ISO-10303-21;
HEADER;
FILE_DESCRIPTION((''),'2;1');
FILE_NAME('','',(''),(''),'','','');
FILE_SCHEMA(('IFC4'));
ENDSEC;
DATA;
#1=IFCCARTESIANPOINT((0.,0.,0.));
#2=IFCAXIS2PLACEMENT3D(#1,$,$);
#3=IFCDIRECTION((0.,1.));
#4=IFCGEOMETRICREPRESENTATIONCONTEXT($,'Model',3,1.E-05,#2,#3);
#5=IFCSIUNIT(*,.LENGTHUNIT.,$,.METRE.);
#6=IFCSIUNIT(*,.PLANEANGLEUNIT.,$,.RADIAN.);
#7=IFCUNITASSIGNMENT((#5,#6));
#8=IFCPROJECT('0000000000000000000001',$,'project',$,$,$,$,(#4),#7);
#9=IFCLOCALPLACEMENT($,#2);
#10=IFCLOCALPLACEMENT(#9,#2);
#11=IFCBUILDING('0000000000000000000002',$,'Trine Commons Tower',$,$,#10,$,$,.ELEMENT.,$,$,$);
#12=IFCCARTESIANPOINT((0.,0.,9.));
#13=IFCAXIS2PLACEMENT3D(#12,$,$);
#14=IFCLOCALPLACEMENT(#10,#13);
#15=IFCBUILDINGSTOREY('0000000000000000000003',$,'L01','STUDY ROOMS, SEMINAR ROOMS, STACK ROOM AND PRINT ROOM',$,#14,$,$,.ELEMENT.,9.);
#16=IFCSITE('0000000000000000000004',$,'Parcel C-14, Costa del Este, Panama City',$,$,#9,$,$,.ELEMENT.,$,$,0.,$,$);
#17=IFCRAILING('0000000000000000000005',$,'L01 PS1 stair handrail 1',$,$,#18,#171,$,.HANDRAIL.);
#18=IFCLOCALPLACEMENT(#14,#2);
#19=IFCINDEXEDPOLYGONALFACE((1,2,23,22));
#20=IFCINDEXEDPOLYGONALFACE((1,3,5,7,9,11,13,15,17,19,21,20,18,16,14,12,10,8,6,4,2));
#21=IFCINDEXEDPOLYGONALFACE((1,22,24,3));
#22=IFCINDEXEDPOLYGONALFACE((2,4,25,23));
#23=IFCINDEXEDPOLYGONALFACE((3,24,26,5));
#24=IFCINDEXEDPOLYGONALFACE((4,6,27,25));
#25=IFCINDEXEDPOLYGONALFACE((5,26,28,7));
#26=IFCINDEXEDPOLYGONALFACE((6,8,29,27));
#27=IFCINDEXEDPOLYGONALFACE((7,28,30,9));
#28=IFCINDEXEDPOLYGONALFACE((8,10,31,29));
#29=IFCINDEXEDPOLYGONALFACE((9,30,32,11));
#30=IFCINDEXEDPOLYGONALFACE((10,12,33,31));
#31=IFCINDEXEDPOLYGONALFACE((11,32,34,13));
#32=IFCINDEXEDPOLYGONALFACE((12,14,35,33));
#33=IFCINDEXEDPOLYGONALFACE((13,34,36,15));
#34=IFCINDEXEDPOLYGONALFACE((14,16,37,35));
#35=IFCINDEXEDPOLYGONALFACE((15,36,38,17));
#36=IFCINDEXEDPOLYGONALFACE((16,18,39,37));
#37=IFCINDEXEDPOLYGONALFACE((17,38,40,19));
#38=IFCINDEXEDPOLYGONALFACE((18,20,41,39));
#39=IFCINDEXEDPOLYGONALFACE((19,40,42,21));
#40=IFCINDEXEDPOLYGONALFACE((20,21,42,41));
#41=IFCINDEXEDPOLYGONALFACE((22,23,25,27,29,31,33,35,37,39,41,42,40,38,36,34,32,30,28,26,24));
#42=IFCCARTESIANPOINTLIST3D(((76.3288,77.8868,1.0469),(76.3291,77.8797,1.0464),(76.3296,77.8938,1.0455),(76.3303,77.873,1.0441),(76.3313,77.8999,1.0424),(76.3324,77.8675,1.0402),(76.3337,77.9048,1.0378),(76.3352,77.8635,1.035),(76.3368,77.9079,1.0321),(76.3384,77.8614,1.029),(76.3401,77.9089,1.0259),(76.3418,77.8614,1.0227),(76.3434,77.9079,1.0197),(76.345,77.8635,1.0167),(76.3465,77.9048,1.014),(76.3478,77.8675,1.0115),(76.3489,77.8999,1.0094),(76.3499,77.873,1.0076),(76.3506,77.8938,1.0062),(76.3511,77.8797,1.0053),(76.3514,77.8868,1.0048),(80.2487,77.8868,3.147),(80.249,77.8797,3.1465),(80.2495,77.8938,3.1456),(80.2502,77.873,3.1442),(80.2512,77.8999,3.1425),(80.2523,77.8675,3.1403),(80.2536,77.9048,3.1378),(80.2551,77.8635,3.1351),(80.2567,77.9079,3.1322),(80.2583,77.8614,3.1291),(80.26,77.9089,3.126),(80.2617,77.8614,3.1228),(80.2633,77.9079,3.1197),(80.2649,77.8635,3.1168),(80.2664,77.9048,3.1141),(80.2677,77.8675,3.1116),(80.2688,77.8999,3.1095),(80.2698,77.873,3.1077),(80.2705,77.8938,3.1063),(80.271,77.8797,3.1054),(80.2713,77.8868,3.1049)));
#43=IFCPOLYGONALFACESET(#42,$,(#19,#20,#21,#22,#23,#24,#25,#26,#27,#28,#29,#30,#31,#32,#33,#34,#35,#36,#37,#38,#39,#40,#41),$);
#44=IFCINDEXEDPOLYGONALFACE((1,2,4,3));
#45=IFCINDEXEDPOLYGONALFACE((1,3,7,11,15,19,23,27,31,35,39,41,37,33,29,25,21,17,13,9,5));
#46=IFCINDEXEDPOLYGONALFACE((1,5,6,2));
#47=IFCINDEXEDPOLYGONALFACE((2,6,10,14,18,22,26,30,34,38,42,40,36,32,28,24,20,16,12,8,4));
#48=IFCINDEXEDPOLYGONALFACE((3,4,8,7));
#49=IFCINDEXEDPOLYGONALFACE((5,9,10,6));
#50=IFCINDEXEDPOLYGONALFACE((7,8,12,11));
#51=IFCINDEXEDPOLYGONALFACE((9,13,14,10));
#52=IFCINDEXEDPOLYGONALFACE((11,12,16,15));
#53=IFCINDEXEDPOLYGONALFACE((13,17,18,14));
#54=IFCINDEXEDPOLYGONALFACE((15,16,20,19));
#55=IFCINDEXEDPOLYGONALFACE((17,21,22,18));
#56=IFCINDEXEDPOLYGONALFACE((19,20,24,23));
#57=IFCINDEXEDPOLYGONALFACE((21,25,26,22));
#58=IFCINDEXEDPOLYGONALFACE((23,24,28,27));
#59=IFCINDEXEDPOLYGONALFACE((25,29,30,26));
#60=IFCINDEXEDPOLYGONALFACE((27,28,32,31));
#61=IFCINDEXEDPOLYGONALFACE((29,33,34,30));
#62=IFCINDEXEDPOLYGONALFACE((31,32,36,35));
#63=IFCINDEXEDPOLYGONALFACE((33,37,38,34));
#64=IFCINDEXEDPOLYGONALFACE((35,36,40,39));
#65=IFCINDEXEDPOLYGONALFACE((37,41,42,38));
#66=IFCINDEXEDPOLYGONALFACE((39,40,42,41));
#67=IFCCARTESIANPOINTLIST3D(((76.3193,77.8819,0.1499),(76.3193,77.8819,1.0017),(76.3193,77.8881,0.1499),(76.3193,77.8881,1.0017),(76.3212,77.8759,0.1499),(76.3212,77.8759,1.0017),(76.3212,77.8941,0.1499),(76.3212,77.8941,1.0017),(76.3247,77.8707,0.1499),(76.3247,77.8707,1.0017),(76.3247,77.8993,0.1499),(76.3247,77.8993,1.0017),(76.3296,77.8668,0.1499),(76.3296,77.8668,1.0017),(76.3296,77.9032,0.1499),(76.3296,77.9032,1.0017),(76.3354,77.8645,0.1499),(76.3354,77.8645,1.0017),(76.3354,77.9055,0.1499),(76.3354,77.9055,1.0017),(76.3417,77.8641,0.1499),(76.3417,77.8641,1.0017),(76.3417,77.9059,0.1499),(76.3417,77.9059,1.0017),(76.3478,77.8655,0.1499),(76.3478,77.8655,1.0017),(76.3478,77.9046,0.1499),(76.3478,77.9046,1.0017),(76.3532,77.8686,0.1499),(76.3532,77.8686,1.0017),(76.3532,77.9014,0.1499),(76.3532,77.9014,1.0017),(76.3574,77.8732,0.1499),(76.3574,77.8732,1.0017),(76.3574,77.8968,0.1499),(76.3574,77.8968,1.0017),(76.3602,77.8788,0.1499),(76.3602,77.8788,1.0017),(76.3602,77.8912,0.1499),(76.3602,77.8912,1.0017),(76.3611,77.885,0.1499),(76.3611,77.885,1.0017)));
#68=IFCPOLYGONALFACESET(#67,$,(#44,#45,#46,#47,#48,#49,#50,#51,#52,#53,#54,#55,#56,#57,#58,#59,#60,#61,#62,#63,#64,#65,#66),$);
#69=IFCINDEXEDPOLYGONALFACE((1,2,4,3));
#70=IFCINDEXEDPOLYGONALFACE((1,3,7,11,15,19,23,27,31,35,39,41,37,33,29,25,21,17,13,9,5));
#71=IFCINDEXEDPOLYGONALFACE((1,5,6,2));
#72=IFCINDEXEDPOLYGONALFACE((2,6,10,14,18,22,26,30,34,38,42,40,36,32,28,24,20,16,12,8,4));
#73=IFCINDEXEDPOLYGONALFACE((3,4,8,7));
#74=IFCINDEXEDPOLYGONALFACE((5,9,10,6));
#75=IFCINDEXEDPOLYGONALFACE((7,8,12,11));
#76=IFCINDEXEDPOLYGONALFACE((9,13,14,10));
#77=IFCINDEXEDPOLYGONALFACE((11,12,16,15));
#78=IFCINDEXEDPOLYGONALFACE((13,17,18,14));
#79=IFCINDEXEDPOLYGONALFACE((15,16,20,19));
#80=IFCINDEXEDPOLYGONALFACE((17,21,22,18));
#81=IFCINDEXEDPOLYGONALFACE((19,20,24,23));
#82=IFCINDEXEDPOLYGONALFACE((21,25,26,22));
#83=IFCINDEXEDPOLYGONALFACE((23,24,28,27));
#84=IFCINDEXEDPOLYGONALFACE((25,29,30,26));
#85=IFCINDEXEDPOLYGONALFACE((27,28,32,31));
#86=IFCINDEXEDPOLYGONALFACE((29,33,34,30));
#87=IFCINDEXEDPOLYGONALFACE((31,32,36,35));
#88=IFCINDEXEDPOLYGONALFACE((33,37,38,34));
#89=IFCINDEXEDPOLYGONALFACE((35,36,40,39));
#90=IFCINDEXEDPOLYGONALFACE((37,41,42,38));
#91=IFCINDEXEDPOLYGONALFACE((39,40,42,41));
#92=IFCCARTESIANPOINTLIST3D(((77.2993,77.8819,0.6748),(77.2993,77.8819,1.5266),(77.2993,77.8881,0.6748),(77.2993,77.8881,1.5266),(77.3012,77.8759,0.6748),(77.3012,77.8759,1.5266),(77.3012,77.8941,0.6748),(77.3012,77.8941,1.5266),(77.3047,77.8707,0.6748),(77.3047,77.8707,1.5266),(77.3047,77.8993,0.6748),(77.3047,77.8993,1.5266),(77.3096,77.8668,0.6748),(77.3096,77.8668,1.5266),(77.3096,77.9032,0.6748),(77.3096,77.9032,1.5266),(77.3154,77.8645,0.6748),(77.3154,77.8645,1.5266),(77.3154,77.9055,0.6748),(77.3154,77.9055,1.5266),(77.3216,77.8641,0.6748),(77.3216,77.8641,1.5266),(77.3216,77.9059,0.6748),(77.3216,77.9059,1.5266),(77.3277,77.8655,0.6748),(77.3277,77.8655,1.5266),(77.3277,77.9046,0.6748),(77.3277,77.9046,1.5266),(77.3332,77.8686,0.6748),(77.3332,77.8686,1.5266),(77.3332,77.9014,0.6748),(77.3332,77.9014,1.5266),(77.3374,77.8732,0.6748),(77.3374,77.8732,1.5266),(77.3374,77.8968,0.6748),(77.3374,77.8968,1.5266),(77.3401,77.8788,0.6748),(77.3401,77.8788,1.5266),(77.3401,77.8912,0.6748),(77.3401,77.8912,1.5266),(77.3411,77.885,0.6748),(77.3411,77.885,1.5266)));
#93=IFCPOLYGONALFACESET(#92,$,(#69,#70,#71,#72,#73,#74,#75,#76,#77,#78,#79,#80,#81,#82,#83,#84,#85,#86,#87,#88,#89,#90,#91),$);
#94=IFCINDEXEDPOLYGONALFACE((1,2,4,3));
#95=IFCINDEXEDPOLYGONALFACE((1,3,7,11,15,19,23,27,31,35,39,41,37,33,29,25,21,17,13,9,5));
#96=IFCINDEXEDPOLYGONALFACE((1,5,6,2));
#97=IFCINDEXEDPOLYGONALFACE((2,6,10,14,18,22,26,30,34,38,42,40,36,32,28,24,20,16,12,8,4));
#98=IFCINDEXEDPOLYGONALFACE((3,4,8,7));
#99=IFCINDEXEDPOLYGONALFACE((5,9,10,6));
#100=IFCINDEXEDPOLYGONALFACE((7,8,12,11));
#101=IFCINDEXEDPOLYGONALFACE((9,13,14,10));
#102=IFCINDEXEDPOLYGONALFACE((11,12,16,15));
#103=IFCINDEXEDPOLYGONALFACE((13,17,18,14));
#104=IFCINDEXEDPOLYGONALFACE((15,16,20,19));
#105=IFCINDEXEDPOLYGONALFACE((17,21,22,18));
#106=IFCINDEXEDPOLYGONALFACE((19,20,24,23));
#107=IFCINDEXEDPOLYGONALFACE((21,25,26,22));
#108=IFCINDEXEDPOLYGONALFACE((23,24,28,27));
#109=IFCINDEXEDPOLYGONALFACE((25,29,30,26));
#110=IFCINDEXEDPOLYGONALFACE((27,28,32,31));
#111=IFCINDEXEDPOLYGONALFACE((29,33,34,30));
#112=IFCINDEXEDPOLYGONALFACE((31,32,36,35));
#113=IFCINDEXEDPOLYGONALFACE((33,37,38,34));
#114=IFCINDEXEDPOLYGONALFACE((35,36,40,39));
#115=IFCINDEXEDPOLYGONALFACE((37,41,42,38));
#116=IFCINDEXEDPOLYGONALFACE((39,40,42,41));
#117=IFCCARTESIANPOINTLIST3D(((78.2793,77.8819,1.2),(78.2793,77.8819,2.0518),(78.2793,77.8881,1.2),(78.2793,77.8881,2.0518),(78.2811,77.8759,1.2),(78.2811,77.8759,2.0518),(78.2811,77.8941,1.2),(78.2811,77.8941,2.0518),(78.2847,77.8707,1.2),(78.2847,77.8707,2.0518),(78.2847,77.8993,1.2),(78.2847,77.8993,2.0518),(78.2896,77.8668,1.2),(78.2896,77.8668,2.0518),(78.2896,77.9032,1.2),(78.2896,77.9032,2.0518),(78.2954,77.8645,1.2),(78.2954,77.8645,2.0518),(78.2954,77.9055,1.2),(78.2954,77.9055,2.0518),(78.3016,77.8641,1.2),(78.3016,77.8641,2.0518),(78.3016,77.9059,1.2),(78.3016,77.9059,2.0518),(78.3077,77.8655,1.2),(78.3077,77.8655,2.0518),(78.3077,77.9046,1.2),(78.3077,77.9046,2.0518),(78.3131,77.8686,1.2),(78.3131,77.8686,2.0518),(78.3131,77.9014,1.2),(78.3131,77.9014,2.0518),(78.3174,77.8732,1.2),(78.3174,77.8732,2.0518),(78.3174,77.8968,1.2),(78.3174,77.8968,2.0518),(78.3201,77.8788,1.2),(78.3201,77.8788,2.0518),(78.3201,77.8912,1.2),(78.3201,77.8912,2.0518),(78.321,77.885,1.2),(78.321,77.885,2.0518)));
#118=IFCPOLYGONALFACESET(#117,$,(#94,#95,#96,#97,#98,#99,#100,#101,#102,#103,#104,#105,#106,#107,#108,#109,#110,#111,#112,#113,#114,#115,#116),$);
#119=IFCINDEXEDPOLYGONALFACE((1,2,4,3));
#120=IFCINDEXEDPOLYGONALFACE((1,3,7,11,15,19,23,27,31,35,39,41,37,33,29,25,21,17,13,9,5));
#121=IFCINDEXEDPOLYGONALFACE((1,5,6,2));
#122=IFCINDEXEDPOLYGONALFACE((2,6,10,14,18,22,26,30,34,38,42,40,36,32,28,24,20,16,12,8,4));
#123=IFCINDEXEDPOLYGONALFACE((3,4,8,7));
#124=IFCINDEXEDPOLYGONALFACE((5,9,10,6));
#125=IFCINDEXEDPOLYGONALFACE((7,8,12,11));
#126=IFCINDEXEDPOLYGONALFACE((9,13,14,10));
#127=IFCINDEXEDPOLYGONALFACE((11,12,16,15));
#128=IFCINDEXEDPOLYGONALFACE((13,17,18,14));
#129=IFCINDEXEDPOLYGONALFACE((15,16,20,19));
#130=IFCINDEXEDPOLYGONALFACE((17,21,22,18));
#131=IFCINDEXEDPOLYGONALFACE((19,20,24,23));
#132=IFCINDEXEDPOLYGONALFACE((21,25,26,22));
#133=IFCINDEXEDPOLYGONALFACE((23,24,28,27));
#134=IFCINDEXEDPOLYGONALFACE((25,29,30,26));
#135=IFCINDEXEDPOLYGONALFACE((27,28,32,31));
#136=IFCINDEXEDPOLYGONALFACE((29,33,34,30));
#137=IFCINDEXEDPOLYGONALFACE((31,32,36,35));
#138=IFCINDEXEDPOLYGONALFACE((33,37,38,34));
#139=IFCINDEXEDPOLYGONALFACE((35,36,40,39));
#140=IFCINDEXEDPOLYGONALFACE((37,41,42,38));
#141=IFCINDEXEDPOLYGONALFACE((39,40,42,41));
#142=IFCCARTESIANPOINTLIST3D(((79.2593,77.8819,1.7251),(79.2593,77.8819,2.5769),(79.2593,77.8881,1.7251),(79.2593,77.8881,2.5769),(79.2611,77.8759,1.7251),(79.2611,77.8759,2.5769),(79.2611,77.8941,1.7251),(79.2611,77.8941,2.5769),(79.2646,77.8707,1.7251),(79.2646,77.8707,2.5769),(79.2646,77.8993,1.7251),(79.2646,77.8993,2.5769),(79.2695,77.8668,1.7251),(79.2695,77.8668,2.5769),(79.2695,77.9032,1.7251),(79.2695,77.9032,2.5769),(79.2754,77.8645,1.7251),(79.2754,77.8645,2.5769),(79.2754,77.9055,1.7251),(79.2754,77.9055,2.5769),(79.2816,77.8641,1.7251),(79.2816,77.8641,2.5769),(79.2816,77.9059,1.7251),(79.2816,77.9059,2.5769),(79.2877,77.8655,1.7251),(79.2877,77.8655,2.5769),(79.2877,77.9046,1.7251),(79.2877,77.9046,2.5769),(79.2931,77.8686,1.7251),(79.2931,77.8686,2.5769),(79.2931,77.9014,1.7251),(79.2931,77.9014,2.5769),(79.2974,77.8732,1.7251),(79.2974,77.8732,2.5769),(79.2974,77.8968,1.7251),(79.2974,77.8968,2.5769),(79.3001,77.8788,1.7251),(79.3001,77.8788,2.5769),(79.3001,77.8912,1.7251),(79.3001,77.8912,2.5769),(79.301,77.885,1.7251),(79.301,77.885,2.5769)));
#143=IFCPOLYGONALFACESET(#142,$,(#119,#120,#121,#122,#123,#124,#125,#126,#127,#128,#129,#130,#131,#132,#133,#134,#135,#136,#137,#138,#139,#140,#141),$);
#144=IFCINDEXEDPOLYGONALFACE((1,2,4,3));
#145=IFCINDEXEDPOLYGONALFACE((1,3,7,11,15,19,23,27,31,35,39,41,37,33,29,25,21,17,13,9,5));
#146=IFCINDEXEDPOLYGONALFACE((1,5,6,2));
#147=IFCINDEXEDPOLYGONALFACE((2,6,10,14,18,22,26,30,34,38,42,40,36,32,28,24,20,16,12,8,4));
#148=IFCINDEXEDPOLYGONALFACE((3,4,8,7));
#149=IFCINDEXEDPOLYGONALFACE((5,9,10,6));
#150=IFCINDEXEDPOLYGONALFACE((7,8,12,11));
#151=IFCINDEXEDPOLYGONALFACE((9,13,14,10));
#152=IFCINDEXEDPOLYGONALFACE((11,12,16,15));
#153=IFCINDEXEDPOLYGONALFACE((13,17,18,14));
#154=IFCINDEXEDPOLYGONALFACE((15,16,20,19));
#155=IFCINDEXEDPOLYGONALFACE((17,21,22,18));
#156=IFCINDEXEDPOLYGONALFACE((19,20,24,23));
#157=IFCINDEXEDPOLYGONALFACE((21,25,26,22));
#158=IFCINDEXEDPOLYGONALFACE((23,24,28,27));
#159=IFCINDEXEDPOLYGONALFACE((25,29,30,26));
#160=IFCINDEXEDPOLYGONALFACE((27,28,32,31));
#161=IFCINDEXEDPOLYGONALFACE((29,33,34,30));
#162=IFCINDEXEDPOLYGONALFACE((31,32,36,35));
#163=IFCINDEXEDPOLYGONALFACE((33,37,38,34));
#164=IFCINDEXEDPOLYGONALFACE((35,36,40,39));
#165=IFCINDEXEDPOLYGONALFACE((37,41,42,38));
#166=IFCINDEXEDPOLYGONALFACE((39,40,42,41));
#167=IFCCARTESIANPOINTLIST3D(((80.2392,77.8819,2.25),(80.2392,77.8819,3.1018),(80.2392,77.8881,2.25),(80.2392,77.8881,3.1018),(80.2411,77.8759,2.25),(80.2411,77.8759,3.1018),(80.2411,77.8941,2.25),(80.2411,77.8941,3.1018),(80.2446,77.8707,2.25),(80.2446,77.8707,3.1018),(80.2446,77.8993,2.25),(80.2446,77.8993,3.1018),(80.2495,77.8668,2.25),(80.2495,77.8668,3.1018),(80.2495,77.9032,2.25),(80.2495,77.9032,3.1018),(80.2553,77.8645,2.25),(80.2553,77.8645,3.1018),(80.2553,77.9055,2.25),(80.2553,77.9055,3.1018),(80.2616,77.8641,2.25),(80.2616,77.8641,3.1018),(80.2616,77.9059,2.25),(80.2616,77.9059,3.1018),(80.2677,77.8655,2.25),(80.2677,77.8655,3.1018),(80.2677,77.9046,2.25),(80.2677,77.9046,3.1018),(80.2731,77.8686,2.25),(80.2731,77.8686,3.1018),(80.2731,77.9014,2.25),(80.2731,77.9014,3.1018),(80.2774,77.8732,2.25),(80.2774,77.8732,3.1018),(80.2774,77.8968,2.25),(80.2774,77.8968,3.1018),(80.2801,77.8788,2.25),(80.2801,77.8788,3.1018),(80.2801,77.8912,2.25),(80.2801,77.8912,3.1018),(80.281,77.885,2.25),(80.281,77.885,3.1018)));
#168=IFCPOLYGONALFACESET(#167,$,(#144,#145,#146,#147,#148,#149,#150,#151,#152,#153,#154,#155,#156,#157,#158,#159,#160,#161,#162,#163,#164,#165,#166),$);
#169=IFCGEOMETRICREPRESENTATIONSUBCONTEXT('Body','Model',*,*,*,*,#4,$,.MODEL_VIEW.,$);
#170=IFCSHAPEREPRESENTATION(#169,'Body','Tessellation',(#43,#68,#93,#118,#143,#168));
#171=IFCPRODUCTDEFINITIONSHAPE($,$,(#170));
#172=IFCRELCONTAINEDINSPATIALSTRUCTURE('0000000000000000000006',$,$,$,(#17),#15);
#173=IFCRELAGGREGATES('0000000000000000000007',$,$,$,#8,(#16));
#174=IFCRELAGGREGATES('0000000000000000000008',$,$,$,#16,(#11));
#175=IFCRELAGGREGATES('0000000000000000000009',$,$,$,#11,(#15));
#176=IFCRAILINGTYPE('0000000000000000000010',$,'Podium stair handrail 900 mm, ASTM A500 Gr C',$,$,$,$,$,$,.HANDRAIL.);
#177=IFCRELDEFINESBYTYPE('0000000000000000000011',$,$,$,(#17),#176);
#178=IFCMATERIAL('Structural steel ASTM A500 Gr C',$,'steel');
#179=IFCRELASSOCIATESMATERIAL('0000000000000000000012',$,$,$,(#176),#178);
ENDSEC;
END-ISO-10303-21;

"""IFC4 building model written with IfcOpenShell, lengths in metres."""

from ifc_helpers import new_model, si_unit, direction, frame, origin, origin_2d, place, context, subcontext, project, spatial, circle, extrude, material, type_object, element, save


model = new_model("IFC4")

# Units and contexts
model_context = context("Model", 3, precision=1e-05, world=origin(), true_north=direction((0.0, 1.0)))
body_context = subcontext(model_context, "Body", "Model", "MODEL_VIEW")
ifc_project = project(units=[si_unit("LENGTHUNIT", "METRE"), si_unit("PLANEANGLEUNIT", "RADIAN")], contexts=[model_context])

# Site, building, storey
site_placement = place(None, origin())
site = spatial("IfcSite", under=ifc_project, at=site_placement, Name="Parcel C-14, Costa del Este, Panama City", CompositionType="ELEMENT", RefElevation=0.0)
building_placement = place(site_placement, origin())
building = spatial("IfcBuilding", under=site, at=building_placement, Name="Trine Commons Tower", CompositionType="ELEMENT")
storey_placement = place(building_placement, frame((0.0, 0.0, 9.0)))
storey = spatial("IfcBuildingStorey", under=building, at=storey_placement, Name="L01", Description="STUDY ROOMS, SEMINAR ROOMS, STACK ROOM AND PRINT ROOM", CompositionType="ELEMENT", Elevation=9.0)

# Railing
ifc_material_1 = material(Name="Structural steel ASTM A500 Gr C", Category="steel")
railing_type_1 = type_object("IfcRailingType", Name="Podium stair handrail 900 mm, ASTM A500 Gr C", PredefinedType="HANDRAIL", material=ifc_material_1)
railing_1_placement = place(storey_placement, frame((76.3401, 77.885, 0.1499)))
element("IfcRailing", 1, at=railing_1_placement, inside=storey, type_object=railing_type_1, Name="L01 PS1 stair handrail 1", PredefinedType="HANDRAIL", context=body_context, shape_type="SweptSolid", body=[
    extrude(circle(Radius=0.0239, at=origin_2d()), frame((0.0, 0.0, 0.876), z_axis=(0.881467, 0.0, 0.472246), x_axis=(0.0, 1.0, 0.0)), (0.0, 0.0, 1.0), 4.447),
    extrude(circle(Radius=0.021, at=origin_2d()), origin(), (0.0, 0.0, 1.0), 0.8518),
    extrude(circle(Radius=0.021, at=origin_2d()), frame((0.98, 0.0, 0.5249)), (0.0, 0.0, 1.0), 0.8518),
    extrude(circle(Radius=0.021, at=origin_2d()), frame((1.96, 0.0, 1.05)), (0.0, 0.0, 1.0), 0.8518),
    extrude(circle(Radius=0.021, at=origin_2d()), frame((2.9399, 0.0, 1.5752)), (0.0, 0.0, 1.0), 0.8518),
    extrude(circle(Radius=0.021, at=origin_2d()), frame((3.9199, 0.0, 2.1001)), (0.0, 0.0, 1.0), 0.8518),
])

save(model, "model.ifc")
